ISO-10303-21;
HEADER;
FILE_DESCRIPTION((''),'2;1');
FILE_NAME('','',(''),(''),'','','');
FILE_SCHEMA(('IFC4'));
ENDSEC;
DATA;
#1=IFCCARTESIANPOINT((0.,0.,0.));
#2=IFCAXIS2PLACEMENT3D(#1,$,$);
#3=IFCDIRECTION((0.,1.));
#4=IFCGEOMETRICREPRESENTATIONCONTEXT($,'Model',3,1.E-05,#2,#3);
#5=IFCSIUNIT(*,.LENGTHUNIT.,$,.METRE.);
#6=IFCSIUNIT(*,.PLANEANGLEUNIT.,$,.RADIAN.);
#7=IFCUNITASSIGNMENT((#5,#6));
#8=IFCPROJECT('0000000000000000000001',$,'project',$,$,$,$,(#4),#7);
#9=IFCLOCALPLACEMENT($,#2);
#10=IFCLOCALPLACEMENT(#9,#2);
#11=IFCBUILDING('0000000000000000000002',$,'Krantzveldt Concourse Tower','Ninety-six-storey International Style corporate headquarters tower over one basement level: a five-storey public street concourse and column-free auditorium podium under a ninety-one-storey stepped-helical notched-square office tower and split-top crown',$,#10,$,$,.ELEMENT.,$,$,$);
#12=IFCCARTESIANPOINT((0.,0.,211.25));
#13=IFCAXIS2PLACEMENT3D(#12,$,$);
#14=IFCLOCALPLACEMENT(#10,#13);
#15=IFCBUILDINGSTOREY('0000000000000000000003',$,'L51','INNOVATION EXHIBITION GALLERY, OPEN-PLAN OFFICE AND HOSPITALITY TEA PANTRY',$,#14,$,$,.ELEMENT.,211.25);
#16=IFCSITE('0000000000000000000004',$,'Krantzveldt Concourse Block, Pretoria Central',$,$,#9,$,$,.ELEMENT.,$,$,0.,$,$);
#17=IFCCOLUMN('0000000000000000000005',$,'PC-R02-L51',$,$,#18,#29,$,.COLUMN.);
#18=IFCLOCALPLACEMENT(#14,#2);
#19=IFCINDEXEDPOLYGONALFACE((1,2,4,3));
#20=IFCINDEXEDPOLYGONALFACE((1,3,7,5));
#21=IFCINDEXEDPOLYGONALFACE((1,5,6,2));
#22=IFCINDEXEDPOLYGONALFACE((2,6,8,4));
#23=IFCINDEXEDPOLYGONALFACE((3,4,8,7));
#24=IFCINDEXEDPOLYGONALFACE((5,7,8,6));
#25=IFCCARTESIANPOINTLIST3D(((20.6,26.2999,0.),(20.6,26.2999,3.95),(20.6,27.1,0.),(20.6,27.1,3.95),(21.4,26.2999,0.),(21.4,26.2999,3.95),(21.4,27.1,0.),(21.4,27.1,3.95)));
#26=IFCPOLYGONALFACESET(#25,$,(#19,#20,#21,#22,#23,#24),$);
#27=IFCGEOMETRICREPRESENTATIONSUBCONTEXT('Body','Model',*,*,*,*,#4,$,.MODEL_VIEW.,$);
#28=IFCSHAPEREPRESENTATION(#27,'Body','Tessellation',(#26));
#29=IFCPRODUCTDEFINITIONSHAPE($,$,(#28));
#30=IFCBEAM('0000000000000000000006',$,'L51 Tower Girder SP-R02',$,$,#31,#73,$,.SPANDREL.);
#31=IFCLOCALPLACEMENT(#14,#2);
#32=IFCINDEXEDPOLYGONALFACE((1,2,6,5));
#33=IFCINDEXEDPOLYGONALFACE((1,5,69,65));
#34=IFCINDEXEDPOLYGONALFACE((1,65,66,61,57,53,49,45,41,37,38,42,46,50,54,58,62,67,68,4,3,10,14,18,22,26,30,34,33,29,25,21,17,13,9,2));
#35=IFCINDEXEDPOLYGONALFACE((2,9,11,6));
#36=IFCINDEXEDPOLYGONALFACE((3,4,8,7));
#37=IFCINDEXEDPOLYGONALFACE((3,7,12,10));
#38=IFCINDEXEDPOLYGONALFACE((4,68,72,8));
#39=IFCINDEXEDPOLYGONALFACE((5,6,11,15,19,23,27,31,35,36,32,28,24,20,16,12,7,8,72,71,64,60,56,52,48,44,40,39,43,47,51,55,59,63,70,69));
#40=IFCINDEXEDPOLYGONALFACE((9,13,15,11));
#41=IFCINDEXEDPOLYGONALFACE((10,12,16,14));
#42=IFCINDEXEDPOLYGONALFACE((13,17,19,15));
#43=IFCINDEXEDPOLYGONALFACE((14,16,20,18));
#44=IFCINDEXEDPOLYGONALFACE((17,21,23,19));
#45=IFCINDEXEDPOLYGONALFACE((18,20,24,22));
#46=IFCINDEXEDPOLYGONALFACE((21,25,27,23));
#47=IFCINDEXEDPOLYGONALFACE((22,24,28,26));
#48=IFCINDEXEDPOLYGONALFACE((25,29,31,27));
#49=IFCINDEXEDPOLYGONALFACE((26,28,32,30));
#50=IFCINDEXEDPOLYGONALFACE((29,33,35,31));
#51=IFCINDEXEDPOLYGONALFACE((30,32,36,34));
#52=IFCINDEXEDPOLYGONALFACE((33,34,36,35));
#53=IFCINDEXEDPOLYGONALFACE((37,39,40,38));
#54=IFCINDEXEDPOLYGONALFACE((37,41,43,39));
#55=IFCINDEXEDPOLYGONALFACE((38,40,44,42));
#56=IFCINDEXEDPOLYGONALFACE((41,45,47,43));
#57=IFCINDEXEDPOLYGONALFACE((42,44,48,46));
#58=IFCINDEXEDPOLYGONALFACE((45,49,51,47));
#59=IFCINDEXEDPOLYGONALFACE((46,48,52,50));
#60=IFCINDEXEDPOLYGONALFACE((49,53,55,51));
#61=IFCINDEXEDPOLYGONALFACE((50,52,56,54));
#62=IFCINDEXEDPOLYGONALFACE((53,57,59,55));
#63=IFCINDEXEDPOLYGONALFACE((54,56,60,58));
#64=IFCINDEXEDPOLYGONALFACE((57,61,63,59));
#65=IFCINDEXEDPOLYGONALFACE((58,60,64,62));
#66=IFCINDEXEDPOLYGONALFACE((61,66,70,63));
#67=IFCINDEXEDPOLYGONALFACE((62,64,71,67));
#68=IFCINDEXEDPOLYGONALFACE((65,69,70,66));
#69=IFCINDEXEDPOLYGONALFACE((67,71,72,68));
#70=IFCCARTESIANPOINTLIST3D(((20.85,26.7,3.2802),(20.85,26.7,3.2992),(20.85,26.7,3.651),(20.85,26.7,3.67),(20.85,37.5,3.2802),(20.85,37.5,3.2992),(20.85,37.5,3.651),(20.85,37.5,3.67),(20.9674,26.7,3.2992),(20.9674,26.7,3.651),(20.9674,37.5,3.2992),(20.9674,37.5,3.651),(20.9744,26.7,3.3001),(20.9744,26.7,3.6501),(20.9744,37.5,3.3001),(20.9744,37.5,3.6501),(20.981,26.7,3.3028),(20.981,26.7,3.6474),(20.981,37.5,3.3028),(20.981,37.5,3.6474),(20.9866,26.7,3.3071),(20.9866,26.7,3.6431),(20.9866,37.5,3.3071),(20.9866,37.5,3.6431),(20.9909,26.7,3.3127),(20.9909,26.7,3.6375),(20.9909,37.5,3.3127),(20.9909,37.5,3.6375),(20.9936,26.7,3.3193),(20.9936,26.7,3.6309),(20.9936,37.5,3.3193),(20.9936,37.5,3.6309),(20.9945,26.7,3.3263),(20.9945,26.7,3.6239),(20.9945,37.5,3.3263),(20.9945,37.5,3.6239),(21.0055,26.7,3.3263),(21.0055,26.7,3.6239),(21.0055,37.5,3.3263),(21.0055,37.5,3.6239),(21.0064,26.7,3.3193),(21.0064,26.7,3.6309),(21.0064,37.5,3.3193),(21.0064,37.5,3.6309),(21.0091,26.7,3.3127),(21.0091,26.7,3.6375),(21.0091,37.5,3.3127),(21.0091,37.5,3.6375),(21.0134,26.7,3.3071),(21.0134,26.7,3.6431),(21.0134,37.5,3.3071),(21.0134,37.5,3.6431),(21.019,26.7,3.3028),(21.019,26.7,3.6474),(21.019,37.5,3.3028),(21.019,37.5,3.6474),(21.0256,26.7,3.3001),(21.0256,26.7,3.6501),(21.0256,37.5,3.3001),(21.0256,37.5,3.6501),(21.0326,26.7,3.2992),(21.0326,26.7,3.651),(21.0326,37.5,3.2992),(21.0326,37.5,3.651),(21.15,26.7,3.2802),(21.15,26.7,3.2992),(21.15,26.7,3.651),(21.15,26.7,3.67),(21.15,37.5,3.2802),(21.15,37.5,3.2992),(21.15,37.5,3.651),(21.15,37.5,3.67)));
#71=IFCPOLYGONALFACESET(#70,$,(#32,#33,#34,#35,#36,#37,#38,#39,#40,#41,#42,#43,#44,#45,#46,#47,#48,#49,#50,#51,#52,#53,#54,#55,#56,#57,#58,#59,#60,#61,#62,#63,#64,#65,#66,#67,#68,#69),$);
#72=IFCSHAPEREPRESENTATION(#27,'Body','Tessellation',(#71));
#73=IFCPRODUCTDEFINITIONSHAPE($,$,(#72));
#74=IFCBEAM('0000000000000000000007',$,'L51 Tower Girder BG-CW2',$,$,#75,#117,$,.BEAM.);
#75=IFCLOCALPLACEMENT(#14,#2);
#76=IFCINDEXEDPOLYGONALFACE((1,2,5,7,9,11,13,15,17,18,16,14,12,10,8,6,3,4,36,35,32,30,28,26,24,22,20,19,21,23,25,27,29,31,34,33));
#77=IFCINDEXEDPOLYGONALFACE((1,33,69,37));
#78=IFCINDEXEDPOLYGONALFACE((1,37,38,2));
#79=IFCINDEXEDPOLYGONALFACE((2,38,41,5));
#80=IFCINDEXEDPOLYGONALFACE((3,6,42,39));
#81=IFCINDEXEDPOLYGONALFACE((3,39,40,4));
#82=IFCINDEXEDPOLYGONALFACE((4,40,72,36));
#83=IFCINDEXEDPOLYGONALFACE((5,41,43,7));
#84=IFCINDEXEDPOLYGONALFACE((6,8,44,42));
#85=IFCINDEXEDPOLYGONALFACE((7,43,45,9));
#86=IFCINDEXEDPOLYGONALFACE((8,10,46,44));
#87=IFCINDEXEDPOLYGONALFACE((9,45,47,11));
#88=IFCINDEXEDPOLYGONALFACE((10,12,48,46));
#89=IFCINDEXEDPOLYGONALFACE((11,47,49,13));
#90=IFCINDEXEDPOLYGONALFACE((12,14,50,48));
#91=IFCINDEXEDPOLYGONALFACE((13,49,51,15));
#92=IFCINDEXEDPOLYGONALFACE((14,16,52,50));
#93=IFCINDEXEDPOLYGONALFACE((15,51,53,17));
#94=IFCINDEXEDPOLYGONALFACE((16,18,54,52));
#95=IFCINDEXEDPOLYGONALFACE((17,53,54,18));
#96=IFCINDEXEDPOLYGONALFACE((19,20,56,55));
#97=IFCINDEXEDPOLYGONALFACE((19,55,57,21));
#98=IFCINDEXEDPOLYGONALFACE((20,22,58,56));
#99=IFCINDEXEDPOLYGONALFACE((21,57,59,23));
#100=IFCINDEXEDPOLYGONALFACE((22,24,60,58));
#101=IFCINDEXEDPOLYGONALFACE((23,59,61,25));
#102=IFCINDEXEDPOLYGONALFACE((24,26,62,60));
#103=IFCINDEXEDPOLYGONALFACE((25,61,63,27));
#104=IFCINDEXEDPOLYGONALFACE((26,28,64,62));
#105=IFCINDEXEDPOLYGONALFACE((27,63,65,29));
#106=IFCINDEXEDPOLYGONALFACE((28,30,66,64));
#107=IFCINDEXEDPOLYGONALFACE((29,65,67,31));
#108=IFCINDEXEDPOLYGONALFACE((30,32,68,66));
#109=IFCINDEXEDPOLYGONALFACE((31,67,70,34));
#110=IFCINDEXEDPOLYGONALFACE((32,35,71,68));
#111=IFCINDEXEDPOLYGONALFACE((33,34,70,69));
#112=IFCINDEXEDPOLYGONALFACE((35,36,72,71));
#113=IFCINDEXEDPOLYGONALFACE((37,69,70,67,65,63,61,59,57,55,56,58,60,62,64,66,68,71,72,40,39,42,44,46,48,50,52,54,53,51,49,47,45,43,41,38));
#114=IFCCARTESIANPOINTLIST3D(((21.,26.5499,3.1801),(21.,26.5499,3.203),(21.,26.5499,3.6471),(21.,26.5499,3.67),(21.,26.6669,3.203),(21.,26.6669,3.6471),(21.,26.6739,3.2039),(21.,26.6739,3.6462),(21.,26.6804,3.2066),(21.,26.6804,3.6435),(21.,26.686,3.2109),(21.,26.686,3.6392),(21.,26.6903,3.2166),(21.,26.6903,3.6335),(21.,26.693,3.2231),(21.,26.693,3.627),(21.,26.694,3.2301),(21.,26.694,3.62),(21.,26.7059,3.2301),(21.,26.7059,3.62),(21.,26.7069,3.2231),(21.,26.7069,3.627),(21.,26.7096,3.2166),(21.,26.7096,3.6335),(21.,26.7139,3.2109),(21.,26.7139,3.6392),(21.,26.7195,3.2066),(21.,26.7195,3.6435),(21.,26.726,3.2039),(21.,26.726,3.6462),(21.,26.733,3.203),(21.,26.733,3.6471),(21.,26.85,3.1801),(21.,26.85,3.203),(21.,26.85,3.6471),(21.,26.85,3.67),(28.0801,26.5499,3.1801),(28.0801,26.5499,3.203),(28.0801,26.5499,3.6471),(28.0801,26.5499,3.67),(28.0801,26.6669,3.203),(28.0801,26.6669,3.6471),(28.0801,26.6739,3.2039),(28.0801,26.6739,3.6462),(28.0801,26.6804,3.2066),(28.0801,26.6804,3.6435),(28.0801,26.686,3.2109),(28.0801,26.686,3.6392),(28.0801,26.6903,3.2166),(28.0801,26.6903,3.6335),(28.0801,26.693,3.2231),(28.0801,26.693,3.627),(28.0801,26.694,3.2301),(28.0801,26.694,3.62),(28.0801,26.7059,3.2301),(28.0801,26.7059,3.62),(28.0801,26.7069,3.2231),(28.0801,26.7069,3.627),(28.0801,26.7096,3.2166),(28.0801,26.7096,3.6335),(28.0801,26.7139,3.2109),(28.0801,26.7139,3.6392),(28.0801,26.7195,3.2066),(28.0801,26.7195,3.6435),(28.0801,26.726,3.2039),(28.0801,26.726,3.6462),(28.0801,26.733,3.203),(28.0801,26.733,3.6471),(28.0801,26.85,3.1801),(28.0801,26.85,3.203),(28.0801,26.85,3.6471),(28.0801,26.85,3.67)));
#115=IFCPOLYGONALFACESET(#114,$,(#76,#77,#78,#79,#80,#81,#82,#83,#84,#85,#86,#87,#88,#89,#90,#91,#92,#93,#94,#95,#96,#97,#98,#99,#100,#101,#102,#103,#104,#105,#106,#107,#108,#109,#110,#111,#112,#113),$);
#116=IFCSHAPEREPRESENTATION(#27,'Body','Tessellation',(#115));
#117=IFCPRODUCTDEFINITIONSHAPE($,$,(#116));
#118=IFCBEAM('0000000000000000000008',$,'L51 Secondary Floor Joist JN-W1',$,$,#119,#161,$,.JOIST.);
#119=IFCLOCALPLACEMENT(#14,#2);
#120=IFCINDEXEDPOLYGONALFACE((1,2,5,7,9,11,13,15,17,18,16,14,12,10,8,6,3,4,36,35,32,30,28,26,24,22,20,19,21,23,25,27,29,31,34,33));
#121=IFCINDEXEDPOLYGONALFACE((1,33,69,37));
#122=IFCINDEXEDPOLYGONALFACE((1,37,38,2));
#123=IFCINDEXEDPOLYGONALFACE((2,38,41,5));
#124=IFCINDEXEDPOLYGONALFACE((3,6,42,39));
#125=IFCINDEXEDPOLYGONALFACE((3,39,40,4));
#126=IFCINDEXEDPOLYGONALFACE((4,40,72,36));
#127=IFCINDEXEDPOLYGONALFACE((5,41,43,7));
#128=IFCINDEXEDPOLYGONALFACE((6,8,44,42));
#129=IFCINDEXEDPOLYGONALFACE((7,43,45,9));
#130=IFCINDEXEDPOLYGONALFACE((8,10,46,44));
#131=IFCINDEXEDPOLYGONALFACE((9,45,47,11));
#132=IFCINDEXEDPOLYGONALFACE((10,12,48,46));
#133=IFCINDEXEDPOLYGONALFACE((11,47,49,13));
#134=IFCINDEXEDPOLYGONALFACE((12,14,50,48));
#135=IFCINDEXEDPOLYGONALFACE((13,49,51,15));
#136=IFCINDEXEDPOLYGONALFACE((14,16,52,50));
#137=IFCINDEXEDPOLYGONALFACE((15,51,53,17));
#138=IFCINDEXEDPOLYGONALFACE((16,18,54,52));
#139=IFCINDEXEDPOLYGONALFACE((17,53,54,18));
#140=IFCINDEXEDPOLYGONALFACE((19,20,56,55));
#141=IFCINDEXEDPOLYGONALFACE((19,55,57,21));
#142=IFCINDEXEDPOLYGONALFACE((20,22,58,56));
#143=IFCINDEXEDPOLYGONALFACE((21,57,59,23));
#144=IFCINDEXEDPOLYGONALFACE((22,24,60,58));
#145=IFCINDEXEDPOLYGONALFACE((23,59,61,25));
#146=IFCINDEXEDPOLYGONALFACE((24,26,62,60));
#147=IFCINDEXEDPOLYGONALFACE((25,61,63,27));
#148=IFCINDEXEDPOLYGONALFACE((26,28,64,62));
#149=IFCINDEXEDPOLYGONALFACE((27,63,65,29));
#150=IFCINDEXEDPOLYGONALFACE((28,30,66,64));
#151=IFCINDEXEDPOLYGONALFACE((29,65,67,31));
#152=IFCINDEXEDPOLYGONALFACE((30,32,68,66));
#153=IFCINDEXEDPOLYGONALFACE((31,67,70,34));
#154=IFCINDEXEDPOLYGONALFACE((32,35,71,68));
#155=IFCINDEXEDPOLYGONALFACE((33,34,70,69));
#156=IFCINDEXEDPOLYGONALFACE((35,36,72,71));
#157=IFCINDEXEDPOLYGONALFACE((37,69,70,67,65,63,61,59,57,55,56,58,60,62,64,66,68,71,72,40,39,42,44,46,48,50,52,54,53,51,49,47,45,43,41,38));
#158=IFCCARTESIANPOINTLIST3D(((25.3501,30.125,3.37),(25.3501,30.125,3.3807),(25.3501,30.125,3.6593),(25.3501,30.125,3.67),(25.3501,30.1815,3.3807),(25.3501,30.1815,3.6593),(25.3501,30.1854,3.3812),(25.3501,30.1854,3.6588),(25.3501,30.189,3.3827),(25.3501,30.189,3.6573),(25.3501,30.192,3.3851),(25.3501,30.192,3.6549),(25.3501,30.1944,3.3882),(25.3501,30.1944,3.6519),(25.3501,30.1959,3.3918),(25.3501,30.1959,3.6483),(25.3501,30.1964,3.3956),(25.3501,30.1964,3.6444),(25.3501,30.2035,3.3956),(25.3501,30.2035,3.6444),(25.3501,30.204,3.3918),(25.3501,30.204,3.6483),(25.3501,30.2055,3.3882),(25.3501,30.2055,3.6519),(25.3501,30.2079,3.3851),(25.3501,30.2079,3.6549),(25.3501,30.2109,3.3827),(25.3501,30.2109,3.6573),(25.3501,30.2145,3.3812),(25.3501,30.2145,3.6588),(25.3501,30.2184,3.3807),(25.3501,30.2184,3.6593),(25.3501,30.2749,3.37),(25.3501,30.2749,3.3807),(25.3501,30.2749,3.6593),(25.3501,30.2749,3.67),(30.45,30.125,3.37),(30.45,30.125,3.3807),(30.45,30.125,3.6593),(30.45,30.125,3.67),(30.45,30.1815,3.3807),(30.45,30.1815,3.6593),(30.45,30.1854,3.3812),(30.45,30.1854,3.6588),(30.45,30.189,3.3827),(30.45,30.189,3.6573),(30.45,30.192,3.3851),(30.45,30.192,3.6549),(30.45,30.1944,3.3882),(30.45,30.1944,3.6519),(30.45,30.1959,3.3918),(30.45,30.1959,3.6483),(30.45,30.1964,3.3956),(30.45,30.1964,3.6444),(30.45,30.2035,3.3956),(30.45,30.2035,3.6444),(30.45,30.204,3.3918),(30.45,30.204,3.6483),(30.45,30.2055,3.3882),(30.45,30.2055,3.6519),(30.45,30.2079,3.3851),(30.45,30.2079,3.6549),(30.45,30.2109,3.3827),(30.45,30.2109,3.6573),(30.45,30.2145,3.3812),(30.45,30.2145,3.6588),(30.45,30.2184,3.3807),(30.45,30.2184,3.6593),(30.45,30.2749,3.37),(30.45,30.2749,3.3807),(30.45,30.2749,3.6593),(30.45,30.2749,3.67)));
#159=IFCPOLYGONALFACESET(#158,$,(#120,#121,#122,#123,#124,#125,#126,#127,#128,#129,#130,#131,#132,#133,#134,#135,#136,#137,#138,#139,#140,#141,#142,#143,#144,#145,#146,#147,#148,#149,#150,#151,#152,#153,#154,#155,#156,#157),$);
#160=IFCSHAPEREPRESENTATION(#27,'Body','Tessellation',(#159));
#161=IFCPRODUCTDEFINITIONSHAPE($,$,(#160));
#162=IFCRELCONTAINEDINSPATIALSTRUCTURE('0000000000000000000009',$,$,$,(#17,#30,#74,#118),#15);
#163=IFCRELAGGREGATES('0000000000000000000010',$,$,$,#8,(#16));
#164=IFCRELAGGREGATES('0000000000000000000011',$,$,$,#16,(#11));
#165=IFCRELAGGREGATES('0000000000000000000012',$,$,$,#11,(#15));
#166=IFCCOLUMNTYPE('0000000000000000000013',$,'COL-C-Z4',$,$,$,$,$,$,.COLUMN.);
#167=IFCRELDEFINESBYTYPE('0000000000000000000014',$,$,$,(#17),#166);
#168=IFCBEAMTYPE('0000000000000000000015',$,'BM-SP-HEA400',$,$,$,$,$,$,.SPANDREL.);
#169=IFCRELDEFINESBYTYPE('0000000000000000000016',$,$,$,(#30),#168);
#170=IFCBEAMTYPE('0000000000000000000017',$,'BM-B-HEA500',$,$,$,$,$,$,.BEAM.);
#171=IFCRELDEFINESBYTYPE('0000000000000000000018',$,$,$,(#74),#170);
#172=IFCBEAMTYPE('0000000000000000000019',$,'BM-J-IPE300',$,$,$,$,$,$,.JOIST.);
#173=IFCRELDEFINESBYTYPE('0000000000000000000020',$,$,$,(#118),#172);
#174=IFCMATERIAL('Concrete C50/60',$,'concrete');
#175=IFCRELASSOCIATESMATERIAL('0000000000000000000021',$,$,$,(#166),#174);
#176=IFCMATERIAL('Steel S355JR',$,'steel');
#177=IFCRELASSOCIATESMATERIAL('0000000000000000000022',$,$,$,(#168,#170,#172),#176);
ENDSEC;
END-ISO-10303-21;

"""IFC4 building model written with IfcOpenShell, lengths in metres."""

from ifc_helpers import new_model, si_unit, direction, frame, origin, origin_2d, place, context, subcontext, project, spatial, rectangle, i_section, extrude, source, transform, mapped, material, material_profile, profile_set, type_object, type_shapes, element, save


model = new_model("IFC4")

# Units and contexts
model_context = context("Model", 3, precision=1e-05, world=origin(), true_north=direction((0.0, 1.0)))
body_context = subcontext(model_context, "Body", "Model", "MODEL_VIEW")
ifc_project = project(units=[si_unit("LENGTHUNIT", "METRE"), si_unit("PLANEANGLEUNIT", "RADIAN")], contexts=[model_context])

# Site, building, storey
site_placement = place(None, origin())
site = spatial("IfcSite", under=ifc_project, at=site_placement, Name="Krantzveldt Concourse Block, Pretoria Central", CompositionType="ELEMENT", RefElevation=0.0)
building_placement = place(site_placement, origin())
building = spatial("IfcBuilding", under=site, at=building_placement, Name="Krantzveldt Concourse Tower", Description="Ninety-six-storey International Style corporate headquarters tower over one basement level: a five-storey public street concourse and column-free auditorium podium under a ninety-one-storey stepped-helical notched-square office tower and split-top crown", CompositionType="ELEMENT")
storey_placement = place(building_placement, frame((0.0, 0.0, 211.25)))
storey = spatial("IfcBuildingStorey", under=building, at=storey_placement, Name="L51", Description="INNOVATION EXHIBITION GALLERY, OPEN-PLAN OFFICE AND HOSPITALITY TEA PANTRY", CompositionType="ELEMENT", Elevation=211.25)

# Column
ifc_material_1 = material(Name="Concrete C50/60", Category="concrete")
ifc_material_profile_1 = material_profile(ifc_material_1, rectangle(XDim=0.8, YDim=0.8, at=origin_2d()), Name="Concrete C50/60", Category="concrete")
ifc_profile_set_1 = profile_set([ifc_material_profile_1], Name="Concrete C50/60 - RC 800x800")
column_type = type_object("IfcColumnType", Name="COL-C-Z4", PredefinedType="COLUMN", material=ifc_profile_set_1)
shared_shape_1 = source(origin(), body_context, "Body", "SweptSolid", [
    extrude(rectangle(XDim=0.8, YDim=0.8, at=origin_2d()), origin(), (0.0, 0.0, 1.0), 3.95),
])
type_shapes(column_type, [shared_shape_1])
column_placement = place(storey_placement, frame((21.0, 26.7, 0.0), z_axis=(0.0, 0.0, 1.0), x_axis=(1.0, 0.0, 0.0)))
element("IfcColumn", 1, at=column_placement, inside=storey, type_object=column_type, Name="PC-R02-L51", PredefinedType="COLUMN", context=body_context, shape_type="MappedRepresentation", body=[
    mapped(shared_shape_1, transform((0.0, 0.0, 0.0), x_axis=(1.0, 0.0, 0.0), y_axis=(0.0, 1.0, 0.0), z_axis=(0.0, 0.0, 1.0), scale=1.0)),
])

# Beams
ifc_material_2 = material(Name="Steel S355JR", Category="steel")
ifc_material_profile_2 = material_profile(ifc_material_2, i_section(OverallWidth=0.3, OverallDepth=0.3899, WebThickness=0.011, FlangeThickness=0.019, FilletRadius=0.0271, at=origin_2d()), Name="Steel S355JR", Category="steel")
ifc_profile_set_2 = profile_set([ifc_material_profile_2], Name="Steel S355JR - HEA 400")
beam_type_1 = type_object("IfcBeamType", Name="BM-SP-HEA400", PredefinedType="SPANDREL", material=ifc_profile_set_2)
shared_shape_2 = source(origin(), body_context, "Body", "SweptSolid", [
    extrude(i_section(OverallWidth=0.3, OverallDepth=0.3899, WebThickness=0.011, FlangeThickness=0.019, FilletRadius=0.0271, at=origin_2d()), origin(), (0.0, 0.0, 1.0), 10.8),
])
type_shapes(beam_type_1, [shared_shape_2])
beam_1_placement = place(storey_placement, frame((21.0, 26.7, 3.4751), z_axis=(0.0, 1.0, 0.0), x_axis=(-1.0, 0.0, 0.0)))
element("IfcBeam", 2, at=beam_1_placement, inside=storey, type_object=beam_type_1, Name="L51 Tower Girder SP-R02", PredefinedType="SPANDREL", context=body_context, shape_type="MappedRepresentation", body=[
    mapped(shared_shape_2, transform((0.0, 0.0, 0.0), x_axis=(1.0, 0.0, 0.0), y_axis=(0.0, 1.0, 0.0), z_axis=(0.0, 0.0, 1.0), scale=1.0)),
])
ifc_material_profile_3 = material_profile(ifc_material_2, i_section(OverallWidth=0.3, OverallDepth=0.49, WebThickness=0.012, FlangeThickness=0.0229, FilletRadius=0.0271, at=origin_2d()), Name="Steel S355JR", Category="steel")
ifc_profile_set_3 = profile_set([ifc_material_profile_3], Name="Steel S355JR - HEA 500")
beam_type_2 = type_object("IfcBeamType", Name="BM-B-HEA500", PredefinedType="BEAM", material=ifc_profile_set_3)
shared_shape_3 = source(origin(), body_context, "Body", "SweptSolid", [
    extrude(i_section(OverallWidth=0.3, OverallDepth=0.49, WebThickness=0.012, FlangeThickness=0.0229, FilletRadius=0.0271, at=origin_2d()), origin(), (0.0, 0.0, 1.0), 7.0801),
])
type_shapes(beam_type_2, [shared_shape_3])
beam_2_placement = place(storey_placement, frame((21.0, 26.7, 3.425), z_axis=(1.0, 0.0, 0.0), x_axis=(0.0, 1.0, 0.0)))
element("IfcBeam", 3, at=beam_2_placement, inside=storey, type_object=beam_type_2, Name="L51 Tower Girder BG-CW2", PredefinedType="BEAM", context=body_context, shape_type="MappedRepresentation", body=[
    mapped(shared_shape_3, transform((0.0, 0.0, 0.0), x_axis=(1.0, 0.0, 0.0), y_axis=(0.0, 1.0, 0.0), z_axis=(0.0, 0.0, 1.0), scale=1.0)),
])
ifc_material_profile_4 = material_profile(ifc_material_2, i_section(OverallWidth=0.1499, OverallDepth=0.3, WebThickness=0.0071, FlangeThickness=0.0107, FilletRadius=0.0149, at=origin_2d()), Name="Steel S355JR", Category="steel")
ifc_profile_set_4 = profile_set([ifc_material_profile_4], Name="Steel S355JR - IPE 300")
beam_type_3 = type_object("IfcBeamType", Name="BM-J-IPE300", PredefinedType="JOIST", material=ifc_profile_set_4)
shared_shape_4 = source(origin(), body_context, "Body", "SweptSolid", [
    extrude(i_section(OverallWidth=0.1499, OverallDepth=0.3, WebThickness=0.0071, FlangeThickness=0.0107, FilletRadius=0.0149, at=origin_2d()), origin(), (0.0, 0.0, 1.0), 5.0999),
])
type_shapes(beam_type_3, [shared_shape_4])
beam_3_placement = place(storey_placement, frame((25.3501, 30.2, 3.52), z_axis=(1.0, 0.0, 0.0), x_axis=(0.0, 1.0, 0.0)))
element("IfcBeam", 4, at=beam_3_placement, inside=storey, type_object=beam_type_3, Name="L51 Secondary Floor Joist JN-W1", PredefinedType="JOIST", context=body_context, shape_type="MappedRepresentation", body=[
    mapped(shared_shape_4, transform((0.0, 0.0, 0.0), x_axis=(1.0, 0.0, 0.0), y_axis=(0.0, 1.0, 0.0), z_axis=(0.0, 0.0, 1.0), scale=1.0)),
])

save(model, "model.ifc")
